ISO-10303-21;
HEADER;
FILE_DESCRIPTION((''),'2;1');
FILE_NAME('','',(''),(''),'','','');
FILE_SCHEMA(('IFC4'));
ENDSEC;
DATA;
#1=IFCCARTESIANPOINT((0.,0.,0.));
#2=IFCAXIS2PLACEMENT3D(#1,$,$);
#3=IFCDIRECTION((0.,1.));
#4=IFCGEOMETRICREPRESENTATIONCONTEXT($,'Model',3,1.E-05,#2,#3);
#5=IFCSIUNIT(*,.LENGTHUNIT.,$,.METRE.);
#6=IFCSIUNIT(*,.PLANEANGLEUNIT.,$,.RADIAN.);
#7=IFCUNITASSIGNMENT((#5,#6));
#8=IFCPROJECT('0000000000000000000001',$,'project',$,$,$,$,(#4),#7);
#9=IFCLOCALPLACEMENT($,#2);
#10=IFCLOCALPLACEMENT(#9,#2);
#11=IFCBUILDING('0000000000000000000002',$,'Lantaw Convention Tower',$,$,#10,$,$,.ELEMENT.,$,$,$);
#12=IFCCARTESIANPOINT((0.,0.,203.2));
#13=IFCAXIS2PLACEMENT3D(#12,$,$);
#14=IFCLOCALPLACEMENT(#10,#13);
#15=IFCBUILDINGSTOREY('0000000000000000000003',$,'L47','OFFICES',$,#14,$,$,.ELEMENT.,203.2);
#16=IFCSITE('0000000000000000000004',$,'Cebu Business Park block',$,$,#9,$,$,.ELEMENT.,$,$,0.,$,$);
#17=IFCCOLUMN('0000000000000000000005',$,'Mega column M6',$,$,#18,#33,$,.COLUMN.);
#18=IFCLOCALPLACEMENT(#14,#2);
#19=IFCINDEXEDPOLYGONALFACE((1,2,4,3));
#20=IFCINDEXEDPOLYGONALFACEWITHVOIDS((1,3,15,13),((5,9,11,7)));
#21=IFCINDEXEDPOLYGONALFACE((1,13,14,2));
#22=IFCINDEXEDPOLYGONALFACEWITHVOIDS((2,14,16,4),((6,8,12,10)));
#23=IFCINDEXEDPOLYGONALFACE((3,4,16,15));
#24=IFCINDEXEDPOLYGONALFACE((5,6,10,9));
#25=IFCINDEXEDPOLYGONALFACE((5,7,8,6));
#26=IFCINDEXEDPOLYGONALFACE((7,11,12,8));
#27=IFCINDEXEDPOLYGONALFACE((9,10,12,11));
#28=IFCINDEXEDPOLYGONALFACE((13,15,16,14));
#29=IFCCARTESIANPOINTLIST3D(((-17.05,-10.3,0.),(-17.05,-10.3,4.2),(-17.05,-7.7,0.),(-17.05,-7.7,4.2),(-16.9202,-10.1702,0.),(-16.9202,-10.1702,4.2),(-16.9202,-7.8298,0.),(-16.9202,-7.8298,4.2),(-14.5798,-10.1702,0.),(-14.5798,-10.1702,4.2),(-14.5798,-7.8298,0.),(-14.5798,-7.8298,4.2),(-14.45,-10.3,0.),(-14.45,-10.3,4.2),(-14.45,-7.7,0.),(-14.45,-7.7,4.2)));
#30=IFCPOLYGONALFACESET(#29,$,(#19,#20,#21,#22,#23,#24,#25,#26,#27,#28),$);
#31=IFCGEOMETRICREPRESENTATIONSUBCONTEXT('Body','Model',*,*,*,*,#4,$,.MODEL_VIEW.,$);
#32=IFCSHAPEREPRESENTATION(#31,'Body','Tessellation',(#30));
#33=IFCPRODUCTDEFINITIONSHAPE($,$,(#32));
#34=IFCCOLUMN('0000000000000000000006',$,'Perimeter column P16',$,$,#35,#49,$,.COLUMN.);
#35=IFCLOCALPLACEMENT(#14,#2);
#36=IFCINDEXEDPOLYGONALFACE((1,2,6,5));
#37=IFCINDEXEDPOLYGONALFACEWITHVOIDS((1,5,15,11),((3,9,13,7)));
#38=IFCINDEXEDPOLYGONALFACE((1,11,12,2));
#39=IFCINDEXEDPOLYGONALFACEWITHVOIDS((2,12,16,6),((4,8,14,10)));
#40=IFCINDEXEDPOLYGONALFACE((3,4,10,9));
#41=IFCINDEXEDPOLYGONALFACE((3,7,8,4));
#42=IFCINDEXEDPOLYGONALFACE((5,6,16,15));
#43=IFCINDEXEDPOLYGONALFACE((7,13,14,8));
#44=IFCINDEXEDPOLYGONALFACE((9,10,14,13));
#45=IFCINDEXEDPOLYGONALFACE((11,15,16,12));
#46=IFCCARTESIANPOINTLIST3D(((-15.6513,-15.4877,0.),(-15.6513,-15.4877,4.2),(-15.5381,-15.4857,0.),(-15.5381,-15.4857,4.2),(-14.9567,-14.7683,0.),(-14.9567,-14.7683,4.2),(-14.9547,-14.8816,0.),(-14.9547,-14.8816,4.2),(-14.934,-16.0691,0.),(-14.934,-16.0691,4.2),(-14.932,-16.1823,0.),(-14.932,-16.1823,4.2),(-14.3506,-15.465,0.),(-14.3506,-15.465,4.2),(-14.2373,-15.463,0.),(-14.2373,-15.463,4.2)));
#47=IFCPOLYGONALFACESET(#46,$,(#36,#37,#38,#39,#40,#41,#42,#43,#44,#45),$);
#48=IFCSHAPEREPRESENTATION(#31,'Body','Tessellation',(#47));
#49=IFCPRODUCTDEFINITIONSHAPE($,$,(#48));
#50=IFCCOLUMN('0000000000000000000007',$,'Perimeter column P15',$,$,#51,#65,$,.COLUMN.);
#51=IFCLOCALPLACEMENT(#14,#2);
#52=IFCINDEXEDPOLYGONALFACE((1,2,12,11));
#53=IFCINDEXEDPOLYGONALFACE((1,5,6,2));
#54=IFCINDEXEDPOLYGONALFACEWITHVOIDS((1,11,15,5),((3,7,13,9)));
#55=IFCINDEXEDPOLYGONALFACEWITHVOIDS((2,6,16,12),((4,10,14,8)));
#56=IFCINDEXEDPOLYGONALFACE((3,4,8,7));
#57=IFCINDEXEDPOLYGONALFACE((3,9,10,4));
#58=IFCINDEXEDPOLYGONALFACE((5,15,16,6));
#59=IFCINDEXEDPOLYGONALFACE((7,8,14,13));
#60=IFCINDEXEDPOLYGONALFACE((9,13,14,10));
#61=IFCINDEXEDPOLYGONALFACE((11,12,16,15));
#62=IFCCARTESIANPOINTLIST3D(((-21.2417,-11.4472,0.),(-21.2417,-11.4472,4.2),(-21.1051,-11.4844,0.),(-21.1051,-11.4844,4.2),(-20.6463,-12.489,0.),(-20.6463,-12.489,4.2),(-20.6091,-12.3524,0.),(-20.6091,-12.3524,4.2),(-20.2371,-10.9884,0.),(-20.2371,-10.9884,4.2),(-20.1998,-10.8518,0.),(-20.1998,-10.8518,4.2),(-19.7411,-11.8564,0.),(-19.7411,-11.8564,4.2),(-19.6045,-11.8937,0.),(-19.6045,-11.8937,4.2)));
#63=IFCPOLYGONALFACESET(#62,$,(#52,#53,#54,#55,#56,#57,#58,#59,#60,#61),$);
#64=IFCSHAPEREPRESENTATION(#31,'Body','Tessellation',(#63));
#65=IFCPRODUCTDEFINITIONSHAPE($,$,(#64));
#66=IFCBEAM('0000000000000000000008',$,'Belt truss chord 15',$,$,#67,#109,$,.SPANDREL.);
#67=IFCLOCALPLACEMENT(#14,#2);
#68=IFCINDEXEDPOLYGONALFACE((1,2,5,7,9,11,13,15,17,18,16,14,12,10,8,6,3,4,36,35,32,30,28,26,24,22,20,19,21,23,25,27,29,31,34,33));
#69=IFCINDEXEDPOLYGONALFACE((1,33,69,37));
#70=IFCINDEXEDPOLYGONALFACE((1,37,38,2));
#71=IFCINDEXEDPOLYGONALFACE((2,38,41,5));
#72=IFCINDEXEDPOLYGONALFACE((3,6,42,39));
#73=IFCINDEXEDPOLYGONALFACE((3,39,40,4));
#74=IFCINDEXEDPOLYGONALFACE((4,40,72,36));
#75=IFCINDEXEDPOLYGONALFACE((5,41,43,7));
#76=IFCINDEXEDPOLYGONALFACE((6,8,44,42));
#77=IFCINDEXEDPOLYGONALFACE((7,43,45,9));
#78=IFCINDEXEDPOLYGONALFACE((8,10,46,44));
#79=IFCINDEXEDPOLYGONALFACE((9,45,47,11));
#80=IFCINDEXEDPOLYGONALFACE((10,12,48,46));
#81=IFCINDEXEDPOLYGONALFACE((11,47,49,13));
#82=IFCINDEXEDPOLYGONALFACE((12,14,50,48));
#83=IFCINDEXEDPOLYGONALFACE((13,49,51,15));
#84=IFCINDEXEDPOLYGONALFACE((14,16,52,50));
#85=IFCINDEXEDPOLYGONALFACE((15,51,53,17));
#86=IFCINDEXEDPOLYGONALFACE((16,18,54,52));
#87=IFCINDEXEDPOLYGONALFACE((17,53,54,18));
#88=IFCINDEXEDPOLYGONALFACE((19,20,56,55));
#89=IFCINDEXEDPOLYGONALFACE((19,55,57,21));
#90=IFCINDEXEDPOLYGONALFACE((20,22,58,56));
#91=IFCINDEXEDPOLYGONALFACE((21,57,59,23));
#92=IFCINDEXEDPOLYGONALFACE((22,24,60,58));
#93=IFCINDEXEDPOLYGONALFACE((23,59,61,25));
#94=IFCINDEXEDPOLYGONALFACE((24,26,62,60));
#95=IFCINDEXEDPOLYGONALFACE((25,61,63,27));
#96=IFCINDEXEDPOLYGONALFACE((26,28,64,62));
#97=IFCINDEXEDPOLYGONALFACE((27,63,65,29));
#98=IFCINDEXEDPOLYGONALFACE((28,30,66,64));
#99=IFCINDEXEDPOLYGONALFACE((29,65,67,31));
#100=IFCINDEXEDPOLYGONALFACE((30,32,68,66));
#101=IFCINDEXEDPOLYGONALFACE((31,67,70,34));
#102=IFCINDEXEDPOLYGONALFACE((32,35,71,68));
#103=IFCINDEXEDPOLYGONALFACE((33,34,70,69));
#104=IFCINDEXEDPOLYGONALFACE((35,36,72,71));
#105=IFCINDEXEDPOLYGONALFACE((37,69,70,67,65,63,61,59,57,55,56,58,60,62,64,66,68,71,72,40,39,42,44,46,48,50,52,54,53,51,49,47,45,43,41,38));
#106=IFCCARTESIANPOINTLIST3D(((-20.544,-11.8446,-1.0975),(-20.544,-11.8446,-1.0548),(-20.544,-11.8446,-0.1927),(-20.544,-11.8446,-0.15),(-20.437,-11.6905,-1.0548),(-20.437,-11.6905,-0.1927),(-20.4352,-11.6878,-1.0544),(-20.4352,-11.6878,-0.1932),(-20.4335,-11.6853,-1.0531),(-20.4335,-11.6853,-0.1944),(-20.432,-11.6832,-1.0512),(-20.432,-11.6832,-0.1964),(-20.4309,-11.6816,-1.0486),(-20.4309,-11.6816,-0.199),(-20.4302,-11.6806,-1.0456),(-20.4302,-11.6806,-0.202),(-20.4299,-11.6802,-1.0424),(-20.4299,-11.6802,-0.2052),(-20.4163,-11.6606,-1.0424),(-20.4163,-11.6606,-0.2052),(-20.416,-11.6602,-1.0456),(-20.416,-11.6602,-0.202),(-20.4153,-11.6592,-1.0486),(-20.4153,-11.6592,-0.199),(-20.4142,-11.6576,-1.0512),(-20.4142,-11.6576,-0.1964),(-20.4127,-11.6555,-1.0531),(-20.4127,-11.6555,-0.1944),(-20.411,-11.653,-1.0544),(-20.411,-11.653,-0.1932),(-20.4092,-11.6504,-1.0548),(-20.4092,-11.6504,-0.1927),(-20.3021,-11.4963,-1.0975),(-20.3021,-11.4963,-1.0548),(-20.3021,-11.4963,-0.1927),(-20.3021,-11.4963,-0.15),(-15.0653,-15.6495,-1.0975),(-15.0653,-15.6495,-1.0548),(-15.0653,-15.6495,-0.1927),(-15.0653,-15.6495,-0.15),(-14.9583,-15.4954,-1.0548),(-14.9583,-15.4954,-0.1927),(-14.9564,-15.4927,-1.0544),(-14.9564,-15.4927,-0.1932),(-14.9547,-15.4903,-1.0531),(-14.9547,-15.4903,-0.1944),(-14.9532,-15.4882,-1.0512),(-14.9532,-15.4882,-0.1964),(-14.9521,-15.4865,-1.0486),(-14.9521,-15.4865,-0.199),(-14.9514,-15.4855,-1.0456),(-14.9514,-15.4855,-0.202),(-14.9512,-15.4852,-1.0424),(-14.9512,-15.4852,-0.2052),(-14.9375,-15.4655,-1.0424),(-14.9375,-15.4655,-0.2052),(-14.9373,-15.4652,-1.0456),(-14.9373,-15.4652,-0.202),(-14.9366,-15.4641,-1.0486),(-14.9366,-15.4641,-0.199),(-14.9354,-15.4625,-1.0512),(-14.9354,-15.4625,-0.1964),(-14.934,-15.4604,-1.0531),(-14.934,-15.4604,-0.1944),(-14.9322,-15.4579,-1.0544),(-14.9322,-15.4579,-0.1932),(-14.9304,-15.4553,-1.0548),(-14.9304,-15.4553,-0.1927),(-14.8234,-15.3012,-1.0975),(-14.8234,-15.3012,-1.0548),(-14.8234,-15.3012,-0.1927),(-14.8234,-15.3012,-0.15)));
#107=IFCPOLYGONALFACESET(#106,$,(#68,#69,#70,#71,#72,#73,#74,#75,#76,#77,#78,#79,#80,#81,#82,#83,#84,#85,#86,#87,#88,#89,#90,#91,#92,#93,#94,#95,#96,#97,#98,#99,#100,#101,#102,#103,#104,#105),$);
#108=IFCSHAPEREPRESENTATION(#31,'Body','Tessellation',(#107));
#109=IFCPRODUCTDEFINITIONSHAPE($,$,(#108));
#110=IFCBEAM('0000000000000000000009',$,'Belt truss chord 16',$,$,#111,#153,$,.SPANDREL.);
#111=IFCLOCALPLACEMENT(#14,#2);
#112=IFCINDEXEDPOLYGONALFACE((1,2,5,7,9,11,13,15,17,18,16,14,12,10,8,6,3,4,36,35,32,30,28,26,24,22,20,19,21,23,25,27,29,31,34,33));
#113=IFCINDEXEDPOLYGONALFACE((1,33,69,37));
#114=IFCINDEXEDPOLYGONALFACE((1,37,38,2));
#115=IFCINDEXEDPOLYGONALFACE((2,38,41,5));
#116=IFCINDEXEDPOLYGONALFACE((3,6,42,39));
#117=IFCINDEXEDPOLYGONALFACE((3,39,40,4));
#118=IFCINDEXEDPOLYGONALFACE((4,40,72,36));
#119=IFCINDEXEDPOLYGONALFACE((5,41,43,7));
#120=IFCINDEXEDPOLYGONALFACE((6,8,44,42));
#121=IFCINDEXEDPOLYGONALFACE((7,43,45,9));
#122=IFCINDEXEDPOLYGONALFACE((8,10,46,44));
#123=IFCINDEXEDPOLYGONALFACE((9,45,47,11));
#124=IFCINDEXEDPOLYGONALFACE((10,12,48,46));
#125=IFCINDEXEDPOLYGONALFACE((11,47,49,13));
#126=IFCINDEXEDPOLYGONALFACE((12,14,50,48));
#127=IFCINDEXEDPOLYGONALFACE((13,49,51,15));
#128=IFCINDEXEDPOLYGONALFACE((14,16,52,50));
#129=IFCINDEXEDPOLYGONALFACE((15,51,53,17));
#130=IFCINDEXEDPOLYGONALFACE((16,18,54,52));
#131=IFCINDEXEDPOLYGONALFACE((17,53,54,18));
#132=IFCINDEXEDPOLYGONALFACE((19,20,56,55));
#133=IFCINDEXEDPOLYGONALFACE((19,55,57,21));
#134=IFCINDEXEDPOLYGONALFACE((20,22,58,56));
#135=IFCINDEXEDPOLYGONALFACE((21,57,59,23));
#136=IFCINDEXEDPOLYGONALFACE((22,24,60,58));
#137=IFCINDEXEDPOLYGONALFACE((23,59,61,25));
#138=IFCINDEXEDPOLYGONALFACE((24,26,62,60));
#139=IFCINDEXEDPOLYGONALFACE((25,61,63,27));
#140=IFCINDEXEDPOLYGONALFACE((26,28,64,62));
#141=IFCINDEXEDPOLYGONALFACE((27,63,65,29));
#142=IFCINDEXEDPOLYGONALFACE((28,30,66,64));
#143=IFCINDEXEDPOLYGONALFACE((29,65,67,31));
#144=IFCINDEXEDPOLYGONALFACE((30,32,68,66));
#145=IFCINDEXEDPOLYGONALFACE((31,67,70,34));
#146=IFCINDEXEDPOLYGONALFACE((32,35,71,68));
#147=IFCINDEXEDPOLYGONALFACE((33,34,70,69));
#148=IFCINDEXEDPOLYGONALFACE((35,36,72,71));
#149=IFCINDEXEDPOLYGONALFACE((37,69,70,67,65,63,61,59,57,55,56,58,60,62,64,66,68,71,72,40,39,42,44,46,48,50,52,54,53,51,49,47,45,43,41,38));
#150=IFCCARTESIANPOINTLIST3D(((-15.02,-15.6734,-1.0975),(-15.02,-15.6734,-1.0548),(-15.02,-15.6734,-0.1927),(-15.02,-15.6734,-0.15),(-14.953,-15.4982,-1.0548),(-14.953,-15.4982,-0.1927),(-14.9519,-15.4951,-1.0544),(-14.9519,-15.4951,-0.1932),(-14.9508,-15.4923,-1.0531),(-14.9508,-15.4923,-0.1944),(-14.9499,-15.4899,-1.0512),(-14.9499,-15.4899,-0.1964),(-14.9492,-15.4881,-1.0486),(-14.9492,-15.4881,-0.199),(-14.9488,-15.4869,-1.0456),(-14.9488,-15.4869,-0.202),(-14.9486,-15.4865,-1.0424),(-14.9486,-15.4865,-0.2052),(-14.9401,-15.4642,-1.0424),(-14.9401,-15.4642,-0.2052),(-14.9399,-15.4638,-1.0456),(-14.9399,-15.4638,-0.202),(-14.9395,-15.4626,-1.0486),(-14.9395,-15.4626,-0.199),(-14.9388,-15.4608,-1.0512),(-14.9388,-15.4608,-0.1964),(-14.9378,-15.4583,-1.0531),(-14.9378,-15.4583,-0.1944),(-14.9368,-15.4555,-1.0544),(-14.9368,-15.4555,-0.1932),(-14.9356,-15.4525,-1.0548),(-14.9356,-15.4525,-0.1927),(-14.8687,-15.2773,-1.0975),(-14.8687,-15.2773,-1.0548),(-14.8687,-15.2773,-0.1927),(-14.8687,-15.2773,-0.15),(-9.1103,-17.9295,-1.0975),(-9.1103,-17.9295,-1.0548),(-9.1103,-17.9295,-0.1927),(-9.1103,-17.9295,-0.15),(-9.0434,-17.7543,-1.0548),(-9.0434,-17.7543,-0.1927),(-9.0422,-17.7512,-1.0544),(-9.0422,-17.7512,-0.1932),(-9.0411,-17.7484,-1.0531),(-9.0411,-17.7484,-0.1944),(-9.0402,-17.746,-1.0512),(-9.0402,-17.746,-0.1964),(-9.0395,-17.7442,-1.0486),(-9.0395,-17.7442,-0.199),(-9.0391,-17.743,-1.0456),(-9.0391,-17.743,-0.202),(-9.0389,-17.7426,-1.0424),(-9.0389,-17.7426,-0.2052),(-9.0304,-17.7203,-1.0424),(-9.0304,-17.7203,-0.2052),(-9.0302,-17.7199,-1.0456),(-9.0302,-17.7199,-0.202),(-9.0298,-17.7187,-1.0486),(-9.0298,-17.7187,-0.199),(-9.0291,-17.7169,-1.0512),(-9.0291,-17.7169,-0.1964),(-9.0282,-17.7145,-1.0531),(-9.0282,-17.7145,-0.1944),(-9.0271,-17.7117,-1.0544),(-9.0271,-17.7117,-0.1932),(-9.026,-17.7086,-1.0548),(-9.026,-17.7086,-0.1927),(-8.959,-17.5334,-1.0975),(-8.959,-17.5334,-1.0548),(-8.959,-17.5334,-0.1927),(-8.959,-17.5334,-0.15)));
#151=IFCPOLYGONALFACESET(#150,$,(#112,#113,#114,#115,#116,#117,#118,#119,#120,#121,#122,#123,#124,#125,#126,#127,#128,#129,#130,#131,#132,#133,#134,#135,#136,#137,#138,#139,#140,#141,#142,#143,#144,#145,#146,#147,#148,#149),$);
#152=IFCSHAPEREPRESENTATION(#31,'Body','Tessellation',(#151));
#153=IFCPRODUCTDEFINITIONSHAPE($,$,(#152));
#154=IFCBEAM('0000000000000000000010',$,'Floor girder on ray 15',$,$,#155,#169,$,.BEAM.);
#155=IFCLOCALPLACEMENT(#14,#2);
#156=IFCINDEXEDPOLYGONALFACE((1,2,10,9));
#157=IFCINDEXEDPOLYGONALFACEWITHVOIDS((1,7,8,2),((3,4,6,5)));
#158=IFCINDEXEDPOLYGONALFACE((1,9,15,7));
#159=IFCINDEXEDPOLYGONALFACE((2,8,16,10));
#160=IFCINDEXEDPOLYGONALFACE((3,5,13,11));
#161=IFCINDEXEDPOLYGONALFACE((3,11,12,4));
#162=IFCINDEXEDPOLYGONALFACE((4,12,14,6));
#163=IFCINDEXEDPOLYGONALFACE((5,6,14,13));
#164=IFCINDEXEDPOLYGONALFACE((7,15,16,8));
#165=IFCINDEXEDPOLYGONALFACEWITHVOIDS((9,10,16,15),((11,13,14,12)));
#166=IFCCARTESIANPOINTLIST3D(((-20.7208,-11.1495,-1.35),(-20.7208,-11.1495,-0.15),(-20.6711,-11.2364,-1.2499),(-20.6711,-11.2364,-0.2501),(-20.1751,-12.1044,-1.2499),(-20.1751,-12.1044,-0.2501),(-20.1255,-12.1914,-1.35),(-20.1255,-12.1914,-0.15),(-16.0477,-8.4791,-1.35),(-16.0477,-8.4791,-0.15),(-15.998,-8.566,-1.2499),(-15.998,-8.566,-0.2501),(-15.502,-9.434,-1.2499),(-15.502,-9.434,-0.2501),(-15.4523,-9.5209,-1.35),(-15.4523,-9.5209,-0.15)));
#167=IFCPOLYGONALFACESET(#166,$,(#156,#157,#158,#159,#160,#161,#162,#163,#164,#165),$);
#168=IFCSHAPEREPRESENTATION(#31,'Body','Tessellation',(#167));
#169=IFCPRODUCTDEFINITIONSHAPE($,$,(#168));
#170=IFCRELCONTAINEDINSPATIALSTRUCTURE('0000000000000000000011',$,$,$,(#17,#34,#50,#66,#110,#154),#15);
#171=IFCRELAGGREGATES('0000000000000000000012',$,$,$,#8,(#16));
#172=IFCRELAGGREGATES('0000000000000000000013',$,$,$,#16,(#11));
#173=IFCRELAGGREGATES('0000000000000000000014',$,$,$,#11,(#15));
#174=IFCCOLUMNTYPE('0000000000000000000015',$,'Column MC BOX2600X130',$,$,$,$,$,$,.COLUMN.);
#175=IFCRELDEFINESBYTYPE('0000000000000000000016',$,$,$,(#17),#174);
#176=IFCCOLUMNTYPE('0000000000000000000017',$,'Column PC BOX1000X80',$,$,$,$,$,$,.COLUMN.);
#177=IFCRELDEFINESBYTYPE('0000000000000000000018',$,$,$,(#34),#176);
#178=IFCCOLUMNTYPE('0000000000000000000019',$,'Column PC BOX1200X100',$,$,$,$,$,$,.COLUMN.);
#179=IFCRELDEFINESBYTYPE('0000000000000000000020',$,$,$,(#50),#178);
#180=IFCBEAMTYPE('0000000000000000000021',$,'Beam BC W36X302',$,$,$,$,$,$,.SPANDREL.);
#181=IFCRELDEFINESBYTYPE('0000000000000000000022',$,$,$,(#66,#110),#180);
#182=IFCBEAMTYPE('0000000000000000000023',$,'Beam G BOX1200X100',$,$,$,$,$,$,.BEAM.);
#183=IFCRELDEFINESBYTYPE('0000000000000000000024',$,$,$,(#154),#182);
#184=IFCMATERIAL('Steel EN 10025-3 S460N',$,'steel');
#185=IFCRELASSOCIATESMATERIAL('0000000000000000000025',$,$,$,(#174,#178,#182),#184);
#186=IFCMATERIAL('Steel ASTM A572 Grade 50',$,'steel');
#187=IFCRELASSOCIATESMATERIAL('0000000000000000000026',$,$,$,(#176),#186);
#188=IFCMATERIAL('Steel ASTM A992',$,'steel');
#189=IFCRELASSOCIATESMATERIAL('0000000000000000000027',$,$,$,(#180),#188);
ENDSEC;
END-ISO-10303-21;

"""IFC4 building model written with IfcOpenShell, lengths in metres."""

from ifc_helpers import new_model, si_unit, direction, frame, origin, origin_2d, place, context, subcontext, project, spatial, rectangle, hollow_rectangle, i_section, extrude, material, material_profile, profile_set, type_object, element, save


model = new_model("IFC4")

# Units and contexts
model_context = context("Model", 3, precision=1e-05, world=origin(), true_north=direction((0.0, 1.0)))
body_context = subcontext(model_context, "Body", "Model", "MODEL_VIEW")
ifc_project = project(units=[si_unit("LENGTHUNIT", "METRE"), si_unit("PLANEANGLEUNIT", "RADIAN")], contexts=[model_context])

# Site, building, storey
site_placement = place(None, origin())
site = spatial("IfcSite", under=ifc_project, at=site_placement, Name="Cebu Business Park block", CompositionType="ELEMENT", RefElevation=0.0)
building_placement = place(site_placement, origin())
building = spatial("IfcBuilding", under=site, at=building_placement, Name="Lantaw Convention Tower", CompositionType="ELEMENT")
storey_placement = place(building_placement, frame((0.0, 0.0, 203.2)))
storey = spatial("IfcBuildingStorey", under=building, at=storey_placement, Name="L47", Description="OFFICES", CompositionType="ELEMENT", Elevation=203.2)

# Columns
ifc_material_1 = material(Name="Steel EN 10025-3 S460N", Category="steel")
ifc_material_profile_1 = material_profile(ifc_material_1, hollow_rectangle(XDim=2.6001, YDim=2.6001, WallThickness=0.1299, at=origin_2d()), Name="BOX2600X130")
ifc_material_2 = material(Name="Concrete C60/75", Category="concrete")
ifc_material_profile_2 = material_profile(ifc_material_2, rectangle(XDim=2.3401, YDim=2.3401, at=origin_2d()), Name="Concrete fill of BOX2600X130")
ifc_profile_set_1 = profile_set([ifc_material_profile_1, ifc_material_profile_2], Name="Steel EN 10025-3 S460N")
column_type_1 = type_object("IfcColumnType", Name="Column MC BOX2600X130", PredefinedType="COLUMN", material=ifc_profile_set_1)
column_1_placement = place(storey_placement, frame((-15.75, -9.0, 0.0), z_axis=(0.0, 0.0, 1.0), x_axis=(1.0, 0.0, 0.0)))
element("IfcColumn", 1, at=column_1_placement, inside=storey, type_object=column_type_1, Name="Mega column M6", PredefinedType="COLUMN", context=body_context, shape_type="SweptSolid", body=[
    extrude(hollow_rectangle(XDim=2.6001, YDim=2.6001, WallThickness=0.1299, at=origin_2d()), origin(), (0.0, 0.0, 1.0), 4.2),
])
ifc_material_3 = material(Name="Steel ASTM A572 Grade 50", Category="steel")
ifc_material_profile_3 = material_profile(ifc_material_3, hollow_rectangle(XDim=1.0, YDim=1.0, WallThickness=0.0801, at=origin_2d()), Name="BOX1000X80")
ifc_material_profile_4 = material_profile(ifc_material_2, rectangle(XDim=0.8401, YDim=0.8401, at=origin_2d()), Name="Concrete fill of BOX1000X80")
ifc_profile_set_2 = profile_set([ifc_material_profile_3, ifc_material_profile_4], Name="Steel ASTM A572 Grade 50")
column_type_2 = type_object("IfcColumnType", Name="Column PC BOX1000X80", PredefinedType="COLUMN", material=ifc_profile_set_2)
column_2_placement = place(storey_placement, frame((-14.9443, -15.4753, 0.0), z_axis=(0.0, 0.0, 1.0), x_axis=(0.694658, 0.71934, 0.0)))
element("IfcColumn", 2, at=column_2_placement, inside=storey, type_object=column_type_2, Name="Perimeter column P16", PredefinedType="COLUMN", context=body_context, shape_type="SweptSolid", body=[
    extrude(hollow_rectangle(XDim=1.0, YDim=1.0, WallThickness=0.0801, at=origin_2d()), origin(), (0.0, 0.0, 1.0), 4.2),
])
ifc_material_profile_5 = material_profile(ifc_material_1, hollow_rectangle(XDim=1.2, YDim=1.2, WallThickness=0.1001, at=origin_2d()), Name="BOX1200X100")
ifc_material_profile_6 = material_profile(ifc_material_2, rectangle(XDim=1.0, YDim=1.0, at=origin_2d()), Name="Concrete fill of BOX1200X100")
ifc_profile_set_3 = profile_set([ifc_material_profile_5, ifc_material_profile_6], Name="Steel EN 10025-3 S460N")
column_type_3 = type_object("IfcColumnType", Name="Column PC BOX1200X100", PredefinedType="COLUMN", material=ifc_profile_set_3)
column_3_placement = place(storey_placement, frame((-20.4231, -11.6704, 0.0), z_axis=(0.0, 0.0, 1.0), x_axis=(0.868243, 0.496139, 0.0)))
element("IfcColumn", 3, at=column_3_placement, inside=storey, type_object=column_type_3, Name="Perimeter column P15", PredefinedType="COLUMN", context=body_context, shape_type="SweptSolid", body=[
    extrude(hollow_rectangle(XDim=1.2, YDim=1.2, WallThickness=0.1001, at=origin_2d()), origin(), (0.0, 0.0, 1.0), 4.2),
])

# Beams
ifc_material_4 = material(Name="Steel ASTM A992", Category="steel")
ifc_material_profile_7 = material_profile(ifc_material_4, i_section(OverallWidth=0.4241, OverallDepth=0.9475, WebThickness=0.0239, FlangeThickness=0.0427, FilletRadius=0.0125, at=origin_2d()), Name="W36X302")
ifc_profile_set_4 = profile_set([ifc_material_profile_7], Name="Steel ASTM A992")
beam_type_1 = type_object("IfcBeamType", Name="Beam BC W36X302", PredefinedType="SPANDREL", material=ifc_profile_set_4)
beam_1_placement = place(storey_placement, frame((-20.4231, -11.6704, -0.6238), z_axis=(0.821353, -0.57042, 0.0), x_axis=(0.57042, 0.821353, 0.0)))
element("IfcBeam", 4, at=beam_1_placement, inside=storey, type_object=beam_type_1, Name="Belt truss chord 15", PredefinedType="SPANDREL", context=body_context, shape_type="SweptSolid", body=[
    extrude(i_section(OverallWidth=0.4241, OverallDepth=0.9475, WebThickness=0.0239, FlangeThickness=0.0427, FilletRadius=0.0125, at=origin_2d()), origin(), (0.0, 0.0, 1.0), 6.6704),
])
beam_2_placement = place(storey_placement, frame((-14.9443, -15.4753, -0.6238), z_axis=(0.934235, -0.356658, 0.0), x_axis=(0.356658, 0.934235, 0.0)))
element("IfcBeam", 5, at=beam_2_placement, inside=storey, type_object=beam_type_1, Name="Belt truss chord 16", PredefinedType="SPANDREL", context=body_context, shape_type="SweptSolid", body=[
    extrude(i_section(OverallWidth=0.4241, OverallDepth=0.9475, WebThickness=0.0239, FlangeThickness=0.0427, FilletRadius=0.0125, at=origin_2d()), origin(), (0.0, 0.0, 1.0), 6.3257),
])
ifc_material_profile_8 = material_profile(ifc_material_1, hollow_rectangle(XDim=1.2, YDim=1.2, WallThickness=0.1001, at=origin_2d()), Name="BOX1200X100")
ifc_profile_set_5 = profile_set([ifc_material_profile_8], Name="Steel EN 10025-3 S460N")
beam_type_2 = type_object("IfcBeamType", Name="Beam G BOX1200X100", PredefinedType="BEAM", material=ifc_profile_set_5)
beam_3_placement = place(storey_placement, frame((-15.75, -9.0, -0.75), z_axis=(-0.868238, -0.496149, 0.0), x_axis=(0.496149, -0.868238, 0.0)))
element("IfcBeam", 6, at=beam_3_placement, inside=storey, type_object=beam_type_2, Name="Floor girder on ray 15", PredefinedType="BEAM", context=body_context, shape_type="SweptSolid", body=[
    extrude(hollow_rectangle(XDim=1.2, YDim=1.2, WallThickness=0.1001, at=origin_2d()), origin(), (0.0, 0.0, 1.0), 5.3823),
])

save(model, "model.ifc")
